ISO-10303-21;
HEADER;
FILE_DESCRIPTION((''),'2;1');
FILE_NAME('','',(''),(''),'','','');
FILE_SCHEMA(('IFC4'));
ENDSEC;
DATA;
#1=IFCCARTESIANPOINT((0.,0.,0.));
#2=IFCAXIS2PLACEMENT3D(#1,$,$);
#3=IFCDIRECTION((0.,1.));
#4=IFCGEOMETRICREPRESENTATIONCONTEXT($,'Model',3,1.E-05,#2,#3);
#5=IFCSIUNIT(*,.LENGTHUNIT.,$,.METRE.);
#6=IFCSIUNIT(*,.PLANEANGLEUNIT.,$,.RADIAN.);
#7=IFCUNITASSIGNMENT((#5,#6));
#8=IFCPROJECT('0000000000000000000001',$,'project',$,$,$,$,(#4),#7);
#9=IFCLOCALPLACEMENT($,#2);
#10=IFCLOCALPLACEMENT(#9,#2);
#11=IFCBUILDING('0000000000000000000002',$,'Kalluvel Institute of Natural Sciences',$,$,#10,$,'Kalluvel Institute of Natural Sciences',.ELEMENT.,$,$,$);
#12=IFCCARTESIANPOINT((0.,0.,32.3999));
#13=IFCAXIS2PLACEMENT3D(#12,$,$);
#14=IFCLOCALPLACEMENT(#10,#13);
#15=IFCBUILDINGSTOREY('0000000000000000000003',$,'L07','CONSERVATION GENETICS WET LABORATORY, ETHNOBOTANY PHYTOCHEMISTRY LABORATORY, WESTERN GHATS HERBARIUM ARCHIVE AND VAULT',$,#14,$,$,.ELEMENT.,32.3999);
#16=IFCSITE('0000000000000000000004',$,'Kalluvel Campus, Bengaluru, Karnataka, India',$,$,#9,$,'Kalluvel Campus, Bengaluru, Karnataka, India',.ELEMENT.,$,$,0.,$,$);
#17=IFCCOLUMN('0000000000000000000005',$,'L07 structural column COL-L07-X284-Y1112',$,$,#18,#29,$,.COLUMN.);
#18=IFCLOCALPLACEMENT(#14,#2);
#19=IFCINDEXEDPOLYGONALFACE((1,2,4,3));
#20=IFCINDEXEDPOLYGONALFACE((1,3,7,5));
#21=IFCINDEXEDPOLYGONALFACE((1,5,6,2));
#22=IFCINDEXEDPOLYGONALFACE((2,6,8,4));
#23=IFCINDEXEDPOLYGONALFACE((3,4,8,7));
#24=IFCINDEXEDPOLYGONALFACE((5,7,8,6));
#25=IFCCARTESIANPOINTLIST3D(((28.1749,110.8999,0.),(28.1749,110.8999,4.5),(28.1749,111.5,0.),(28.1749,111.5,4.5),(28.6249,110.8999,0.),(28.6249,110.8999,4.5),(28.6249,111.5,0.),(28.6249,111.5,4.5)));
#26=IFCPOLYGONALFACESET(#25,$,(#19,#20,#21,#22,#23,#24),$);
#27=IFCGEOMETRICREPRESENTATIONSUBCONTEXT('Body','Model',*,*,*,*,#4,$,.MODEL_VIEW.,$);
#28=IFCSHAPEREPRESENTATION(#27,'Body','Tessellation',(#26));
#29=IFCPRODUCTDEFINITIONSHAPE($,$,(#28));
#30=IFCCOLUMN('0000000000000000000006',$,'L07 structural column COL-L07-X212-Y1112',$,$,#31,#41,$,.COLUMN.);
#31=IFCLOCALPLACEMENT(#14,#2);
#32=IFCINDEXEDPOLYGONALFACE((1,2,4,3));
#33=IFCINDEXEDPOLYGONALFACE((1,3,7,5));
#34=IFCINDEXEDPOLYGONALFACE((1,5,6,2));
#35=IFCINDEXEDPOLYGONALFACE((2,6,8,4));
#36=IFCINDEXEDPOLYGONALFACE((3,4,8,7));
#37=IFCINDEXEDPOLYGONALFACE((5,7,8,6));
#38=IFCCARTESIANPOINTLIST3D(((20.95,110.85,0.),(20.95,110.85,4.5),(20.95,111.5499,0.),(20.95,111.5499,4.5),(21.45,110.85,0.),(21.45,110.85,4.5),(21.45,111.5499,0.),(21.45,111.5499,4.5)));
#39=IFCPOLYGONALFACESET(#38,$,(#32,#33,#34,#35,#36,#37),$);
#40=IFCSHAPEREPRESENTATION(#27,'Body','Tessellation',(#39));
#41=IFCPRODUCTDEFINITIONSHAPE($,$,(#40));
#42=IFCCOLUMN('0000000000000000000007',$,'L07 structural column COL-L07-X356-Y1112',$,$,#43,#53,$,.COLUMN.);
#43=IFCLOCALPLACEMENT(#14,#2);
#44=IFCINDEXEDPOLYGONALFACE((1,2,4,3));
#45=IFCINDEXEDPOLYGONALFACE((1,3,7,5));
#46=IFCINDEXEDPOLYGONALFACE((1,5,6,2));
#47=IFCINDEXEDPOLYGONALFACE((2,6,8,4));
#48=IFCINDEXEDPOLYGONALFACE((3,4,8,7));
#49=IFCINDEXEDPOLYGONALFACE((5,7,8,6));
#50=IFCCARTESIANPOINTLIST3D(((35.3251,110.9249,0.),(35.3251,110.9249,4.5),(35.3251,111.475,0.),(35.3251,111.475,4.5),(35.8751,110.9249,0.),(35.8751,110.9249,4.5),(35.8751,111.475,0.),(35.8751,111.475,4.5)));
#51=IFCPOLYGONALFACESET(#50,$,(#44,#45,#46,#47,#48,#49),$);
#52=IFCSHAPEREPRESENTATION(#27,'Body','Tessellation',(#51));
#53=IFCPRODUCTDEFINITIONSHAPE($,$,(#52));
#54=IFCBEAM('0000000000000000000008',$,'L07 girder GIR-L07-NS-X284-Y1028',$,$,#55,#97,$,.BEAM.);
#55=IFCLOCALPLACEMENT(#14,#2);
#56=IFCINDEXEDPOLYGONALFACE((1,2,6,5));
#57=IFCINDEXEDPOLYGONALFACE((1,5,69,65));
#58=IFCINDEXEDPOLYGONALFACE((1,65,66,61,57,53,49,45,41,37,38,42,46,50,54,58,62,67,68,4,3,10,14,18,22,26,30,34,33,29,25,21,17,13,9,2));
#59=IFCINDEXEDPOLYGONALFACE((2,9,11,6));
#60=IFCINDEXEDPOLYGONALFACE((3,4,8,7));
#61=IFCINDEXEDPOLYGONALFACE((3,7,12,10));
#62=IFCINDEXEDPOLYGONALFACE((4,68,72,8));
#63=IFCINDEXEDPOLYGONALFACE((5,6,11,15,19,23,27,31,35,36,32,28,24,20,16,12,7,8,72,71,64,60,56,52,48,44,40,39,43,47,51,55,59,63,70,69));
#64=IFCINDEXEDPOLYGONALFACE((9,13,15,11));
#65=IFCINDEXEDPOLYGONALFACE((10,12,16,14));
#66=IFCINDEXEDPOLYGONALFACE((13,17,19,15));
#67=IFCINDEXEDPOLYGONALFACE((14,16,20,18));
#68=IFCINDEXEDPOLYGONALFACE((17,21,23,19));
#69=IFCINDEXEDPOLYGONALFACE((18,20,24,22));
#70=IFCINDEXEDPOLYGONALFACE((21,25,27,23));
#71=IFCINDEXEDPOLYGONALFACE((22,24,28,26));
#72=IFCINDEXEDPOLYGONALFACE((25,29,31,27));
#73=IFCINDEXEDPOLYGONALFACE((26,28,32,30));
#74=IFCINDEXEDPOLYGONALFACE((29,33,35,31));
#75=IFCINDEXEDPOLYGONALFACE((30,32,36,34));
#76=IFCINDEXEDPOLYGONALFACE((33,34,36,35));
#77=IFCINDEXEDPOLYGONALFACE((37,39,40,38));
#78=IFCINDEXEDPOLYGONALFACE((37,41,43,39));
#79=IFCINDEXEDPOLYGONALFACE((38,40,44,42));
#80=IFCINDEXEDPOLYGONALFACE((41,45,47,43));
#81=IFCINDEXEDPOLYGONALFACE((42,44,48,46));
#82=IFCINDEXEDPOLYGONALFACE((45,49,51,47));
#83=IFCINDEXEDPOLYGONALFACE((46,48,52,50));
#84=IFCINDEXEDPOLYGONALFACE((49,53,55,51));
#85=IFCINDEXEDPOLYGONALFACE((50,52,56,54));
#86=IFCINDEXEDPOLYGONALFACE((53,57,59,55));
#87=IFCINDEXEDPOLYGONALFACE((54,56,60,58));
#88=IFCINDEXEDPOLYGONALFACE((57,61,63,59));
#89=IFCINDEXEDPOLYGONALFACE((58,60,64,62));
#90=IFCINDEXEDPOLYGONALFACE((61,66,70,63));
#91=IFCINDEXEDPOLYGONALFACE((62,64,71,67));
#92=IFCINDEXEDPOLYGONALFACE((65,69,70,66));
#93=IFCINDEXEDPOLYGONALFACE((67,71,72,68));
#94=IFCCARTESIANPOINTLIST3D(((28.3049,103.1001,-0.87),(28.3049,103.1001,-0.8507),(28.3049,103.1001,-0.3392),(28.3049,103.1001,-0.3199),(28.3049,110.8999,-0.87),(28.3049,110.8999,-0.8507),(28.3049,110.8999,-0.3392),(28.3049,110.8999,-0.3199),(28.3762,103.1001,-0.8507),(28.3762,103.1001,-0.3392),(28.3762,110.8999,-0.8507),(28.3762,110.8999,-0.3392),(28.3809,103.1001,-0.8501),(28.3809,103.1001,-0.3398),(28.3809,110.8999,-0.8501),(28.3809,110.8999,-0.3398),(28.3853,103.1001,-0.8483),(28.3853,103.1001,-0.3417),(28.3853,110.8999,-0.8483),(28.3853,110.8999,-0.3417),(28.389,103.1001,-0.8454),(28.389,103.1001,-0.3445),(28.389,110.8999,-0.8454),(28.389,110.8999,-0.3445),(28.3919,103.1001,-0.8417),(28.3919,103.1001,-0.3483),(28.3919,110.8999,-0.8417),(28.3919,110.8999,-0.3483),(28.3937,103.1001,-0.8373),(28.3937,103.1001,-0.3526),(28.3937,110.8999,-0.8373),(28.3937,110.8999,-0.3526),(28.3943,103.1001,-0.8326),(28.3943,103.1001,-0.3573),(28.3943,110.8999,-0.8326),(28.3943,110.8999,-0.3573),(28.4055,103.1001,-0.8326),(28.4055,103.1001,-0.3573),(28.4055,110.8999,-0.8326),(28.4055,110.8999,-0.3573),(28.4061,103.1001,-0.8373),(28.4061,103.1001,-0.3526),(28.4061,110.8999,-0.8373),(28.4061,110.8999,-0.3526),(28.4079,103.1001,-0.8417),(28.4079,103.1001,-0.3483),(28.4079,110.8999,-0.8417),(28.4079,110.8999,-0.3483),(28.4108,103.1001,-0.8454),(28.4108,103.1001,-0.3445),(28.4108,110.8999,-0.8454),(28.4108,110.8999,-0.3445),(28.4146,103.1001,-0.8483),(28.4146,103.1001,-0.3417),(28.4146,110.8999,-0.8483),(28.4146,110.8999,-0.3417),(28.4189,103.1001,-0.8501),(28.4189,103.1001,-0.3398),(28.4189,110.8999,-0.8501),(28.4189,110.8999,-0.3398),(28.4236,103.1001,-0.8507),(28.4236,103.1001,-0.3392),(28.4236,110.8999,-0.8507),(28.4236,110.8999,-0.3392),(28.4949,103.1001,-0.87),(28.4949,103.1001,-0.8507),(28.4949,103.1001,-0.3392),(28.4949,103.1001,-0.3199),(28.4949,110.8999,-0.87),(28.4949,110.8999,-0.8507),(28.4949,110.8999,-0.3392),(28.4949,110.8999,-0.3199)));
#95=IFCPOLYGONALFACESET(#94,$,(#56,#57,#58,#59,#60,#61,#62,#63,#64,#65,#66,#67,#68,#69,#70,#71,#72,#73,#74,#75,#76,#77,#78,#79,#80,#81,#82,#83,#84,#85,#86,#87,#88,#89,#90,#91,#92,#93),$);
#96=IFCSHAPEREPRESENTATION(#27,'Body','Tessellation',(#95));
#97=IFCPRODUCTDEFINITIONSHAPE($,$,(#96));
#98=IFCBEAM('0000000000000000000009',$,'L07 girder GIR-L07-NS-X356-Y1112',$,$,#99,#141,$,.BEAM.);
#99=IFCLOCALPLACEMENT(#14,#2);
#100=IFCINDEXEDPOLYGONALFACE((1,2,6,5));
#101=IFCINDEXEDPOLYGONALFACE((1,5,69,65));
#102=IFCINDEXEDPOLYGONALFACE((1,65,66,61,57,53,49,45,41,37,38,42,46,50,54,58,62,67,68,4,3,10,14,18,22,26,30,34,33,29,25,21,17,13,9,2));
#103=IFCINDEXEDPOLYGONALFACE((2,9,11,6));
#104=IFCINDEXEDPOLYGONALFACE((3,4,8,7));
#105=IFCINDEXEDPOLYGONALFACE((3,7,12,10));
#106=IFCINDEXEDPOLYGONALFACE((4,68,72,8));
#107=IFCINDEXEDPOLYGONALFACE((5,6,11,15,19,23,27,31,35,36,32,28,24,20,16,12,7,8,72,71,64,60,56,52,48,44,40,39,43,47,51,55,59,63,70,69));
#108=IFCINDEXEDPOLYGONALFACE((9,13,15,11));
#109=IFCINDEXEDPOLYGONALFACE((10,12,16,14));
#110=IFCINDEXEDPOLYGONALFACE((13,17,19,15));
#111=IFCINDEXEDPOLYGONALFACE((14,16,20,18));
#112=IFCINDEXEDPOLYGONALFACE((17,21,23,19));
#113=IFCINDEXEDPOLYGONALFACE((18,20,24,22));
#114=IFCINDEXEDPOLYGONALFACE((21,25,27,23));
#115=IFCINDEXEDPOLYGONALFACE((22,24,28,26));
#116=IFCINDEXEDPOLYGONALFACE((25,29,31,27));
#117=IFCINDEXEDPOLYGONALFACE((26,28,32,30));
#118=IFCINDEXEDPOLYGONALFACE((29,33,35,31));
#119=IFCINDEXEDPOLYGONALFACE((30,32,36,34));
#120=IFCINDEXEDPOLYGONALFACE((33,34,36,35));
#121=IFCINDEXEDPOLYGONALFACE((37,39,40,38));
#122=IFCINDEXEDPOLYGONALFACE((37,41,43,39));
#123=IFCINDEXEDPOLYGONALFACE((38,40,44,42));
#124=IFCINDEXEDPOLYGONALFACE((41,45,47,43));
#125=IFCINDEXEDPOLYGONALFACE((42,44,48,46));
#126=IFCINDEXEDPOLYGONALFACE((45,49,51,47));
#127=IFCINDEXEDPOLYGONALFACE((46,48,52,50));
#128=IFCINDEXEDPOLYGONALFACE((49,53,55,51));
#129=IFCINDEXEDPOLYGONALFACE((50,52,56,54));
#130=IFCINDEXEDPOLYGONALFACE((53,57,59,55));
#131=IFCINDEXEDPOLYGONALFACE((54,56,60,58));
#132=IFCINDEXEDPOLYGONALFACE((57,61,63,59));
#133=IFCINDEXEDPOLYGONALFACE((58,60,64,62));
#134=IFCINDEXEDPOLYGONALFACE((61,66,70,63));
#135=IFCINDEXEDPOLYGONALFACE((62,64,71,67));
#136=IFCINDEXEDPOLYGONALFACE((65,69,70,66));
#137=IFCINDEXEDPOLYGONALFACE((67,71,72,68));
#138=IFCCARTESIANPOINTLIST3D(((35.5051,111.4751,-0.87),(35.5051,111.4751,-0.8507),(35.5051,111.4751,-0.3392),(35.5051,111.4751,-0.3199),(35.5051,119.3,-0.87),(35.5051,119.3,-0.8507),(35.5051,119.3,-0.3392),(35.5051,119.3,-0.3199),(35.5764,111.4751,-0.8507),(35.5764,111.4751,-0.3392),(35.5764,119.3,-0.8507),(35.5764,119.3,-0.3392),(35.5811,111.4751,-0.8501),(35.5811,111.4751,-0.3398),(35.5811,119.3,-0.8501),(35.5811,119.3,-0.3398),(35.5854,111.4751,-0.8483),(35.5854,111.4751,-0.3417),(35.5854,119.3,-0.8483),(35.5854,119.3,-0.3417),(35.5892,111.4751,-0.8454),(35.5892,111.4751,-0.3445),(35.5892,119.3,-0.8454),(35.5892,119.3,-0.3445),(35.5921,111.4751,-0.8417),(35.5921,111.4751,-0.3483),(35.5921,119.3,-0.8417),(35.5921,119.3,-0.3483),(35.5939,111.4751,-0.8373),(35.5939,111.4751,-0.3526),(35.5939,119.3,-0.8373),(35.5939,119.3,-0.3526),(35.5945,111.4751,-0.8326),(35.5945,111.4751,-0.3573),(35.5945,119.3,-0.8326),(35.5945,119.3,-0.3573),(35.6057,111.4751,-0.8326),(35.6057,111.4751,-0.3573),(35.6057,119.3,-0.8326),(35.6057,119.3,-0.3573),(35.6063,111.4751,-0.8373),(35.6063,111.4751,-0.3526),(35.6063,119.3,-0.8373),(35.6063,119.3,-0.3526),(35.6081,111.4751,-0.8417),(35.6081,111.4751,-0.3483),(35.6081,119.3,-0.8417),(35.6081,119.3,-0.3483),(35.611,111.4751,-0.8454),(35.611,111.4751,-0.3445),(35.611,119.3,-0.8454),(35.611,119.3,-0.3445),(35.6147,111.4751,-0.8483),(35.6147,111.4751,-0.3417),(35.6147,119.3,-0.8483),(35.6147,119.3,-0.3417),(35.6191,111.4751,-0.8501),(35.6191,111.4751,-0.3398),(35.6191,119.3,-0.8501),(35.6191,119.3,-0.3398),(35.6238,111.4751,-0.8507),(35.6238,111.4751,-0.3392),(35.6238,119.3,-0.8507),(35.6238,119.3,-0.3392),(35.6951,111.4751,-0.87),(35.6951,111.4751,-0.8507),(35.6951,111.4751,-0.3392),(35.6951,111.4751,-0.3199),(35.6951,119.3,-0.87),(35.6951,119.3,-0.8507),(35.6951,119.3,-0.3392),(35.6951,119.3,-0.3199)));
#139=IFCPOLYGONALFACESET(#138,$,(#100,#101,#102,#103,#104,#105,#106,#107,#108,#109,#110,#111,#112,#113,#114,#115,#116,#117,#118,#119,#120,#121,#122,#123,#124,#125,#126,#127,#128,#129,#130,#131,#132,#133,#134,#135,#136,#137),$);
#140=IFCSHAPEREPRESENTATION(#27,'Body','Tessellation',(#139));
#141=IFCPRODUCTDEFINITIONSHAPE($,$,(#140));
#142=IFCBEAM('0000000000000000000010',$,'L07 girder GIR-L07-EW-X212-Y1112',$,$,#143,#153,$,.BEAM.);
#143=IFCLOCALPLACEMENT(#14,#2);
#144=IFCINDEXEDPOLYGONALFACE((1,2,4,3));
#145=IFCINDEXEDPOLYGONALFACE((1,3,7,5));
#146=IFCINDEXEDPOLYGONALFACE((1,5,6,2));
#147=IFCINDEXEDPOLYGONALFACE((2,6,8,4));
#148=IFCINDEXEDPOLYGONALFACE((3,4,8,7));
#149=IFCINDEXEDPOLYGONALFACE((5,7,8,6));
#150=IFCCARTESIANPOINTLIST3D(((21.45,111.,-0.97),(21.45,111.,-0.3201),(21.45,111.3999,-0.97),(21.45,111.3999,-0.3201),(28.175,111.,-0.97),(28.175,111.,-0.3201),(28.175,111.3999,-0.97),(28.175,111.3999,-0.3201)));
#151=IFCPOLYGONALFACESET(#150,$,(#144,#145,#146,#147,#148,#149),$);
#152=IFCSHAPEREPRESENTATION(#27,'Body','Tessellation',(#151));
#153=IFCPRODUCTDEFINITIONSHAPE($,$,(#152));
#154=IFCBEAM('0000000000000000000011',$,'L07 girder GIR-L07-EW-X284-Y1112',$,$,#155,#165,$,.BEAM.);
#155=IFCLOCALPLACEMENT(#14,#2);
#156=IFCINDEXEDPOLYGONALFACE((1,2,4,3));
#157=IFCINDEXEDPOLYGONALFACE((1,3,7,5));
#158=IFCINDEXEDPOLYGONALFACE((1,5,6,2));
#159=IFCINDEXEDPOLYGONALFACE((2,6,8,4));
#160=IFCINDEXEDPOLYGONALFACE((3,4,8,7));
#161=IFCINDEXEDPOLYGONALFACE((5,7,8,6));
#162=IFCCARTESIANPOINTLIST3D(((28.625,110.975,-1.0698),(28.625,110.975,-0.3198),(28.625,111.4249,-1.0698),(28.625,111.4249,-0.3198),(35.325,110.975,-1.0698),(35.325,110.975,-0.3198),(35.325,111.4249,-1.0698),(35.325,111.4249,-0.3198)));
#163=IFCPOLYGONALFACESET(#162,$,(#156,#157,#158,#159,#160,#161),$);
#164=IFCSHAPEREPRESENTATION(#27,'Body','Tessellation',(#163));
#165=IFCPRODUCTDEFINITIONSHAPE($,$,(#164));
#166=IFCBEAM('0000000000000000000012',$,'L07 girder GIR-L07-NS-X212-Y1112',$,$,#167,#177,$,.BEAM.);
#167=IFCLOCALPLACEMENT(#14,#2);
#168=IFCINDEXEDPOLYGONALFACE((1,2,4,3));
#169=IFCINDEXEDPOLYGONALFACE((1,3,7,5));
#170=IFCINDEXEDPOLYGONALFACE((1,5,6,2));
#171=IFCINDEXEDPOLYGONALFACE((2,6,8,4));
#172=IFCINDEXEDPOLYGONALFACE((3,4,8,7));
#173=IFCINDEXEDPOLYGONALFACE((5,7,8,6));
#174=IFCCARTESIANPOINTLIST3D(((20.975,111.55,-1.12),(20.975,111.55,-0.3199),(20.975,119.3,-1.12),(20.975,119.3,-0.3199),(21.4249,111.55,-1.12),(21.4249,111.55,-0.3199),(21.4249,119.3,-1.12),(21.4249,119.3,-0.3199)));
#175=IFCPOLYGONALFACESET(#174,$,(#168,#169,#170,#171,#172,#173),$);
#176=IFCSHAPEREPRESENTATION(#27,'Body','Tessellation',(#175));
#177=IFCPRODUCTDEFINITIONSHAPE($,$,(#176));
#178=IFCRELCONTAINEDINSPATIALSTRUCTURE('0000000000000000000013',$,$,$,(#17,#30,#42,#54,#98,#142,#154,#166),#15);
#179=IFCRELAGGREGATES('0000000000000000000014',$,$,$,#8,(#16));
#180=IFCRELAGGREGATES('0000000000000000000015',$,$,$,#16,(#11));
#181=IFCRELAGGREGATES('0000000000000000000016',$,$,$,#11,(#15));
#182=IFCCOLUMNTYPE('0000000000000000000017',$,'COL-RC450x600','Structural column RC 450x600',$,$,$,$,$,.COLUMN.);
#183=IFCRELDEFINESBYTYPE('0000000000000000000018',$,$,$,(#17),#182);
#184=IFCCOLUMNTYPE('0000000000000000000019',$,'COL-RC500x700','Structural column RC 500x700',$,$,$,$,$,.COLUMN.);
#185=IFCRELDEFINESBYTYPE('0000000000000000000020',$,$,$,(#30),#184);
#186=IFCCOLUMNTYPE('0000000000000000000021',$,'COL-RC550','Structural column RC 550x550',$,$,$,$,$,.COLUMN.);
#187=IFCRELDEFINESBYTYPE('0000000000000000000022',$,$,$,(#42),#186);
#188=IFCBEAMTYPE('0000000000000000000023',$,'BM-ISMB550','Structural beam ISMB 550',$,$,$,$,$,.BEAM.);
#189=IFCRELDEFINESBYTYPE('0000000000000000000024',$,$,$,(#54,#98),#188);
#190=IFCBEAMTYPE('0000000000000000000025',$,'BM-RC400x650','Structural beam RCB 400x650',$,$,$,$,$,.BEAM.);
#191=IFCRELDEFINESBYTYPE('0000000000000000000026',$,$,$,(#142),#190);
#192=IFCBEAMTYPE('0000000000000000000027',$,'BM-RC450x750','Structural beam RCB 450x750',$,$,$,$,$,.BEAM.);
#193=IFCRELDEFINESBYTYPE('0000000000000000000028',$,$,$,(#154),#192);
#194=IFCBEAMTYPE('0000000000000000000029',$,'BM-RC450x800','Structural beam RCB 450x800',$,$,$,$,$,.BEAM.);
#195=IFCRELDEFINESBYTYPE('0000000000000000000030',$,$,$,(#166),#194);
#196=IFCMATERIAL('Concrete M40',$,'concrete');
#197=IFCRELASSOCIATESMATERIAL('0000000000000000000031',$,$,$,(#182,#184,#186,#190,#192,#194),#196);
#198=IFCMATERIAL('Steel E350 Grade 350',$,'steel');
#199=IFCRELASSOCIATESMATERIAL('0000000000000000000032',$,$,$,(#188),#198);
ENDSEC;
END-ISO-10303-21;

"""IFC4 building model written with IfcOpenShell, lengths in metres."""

from ifc_helpers import new_model, si_unit, direction, frame, origin, origin_2d, place, context, subcontext, project, spatial, rectangle, i_section, extrude, material, material_profile, profile_set, type_object, element, save


model = new_model("IFC4")

# Units and contexts
model_context = context("Model", 3, precision=1e-05, world=origin(), true_north=direction((0.0, 1.0)))
body_context = subcontext(model_context, "Body", "Model", "MODEL_VIEW")
ifc_project = project(units=[si_unit("LENGTHUNIT", "METRE"), si_unit("PLANEANGLEUNIT", "RADIAN")], contexts=[model_context])

# Site, building, storey
site_placement = place(None, origin())
site = spatial("IfcSite", under=ifc_project, at=site_placement, Name="Kalluvel Campus, Bengaluru, Karnataka, India", LongName="Kalluvel Campus, Bengaluru, Karnataka, India", CompositionType="ELEMENT", RefElevation=0.0)
building_placement = place(site_placement, origin())
building = spatial("IfcBuilding", under=site, at=building_placement, Name="Kalluvel Institute of Natural Sciences", LongName="Kalluvel Institute of Natural Sciences", CompositionType="ELEMENT")
storey_placement = place(building_placement, frame((0.0, 0.0, 32.3999)))
storey = spatial("IfcBuildingStorey", under=building, at=storey_placement, Name="L07", Description="CONSERVATION GENETICS WET LABORATORY, ETHNOBOTANY PHYTOCHEMISTRY LABORATORY, WESTERN GHATS HERBARIUM ARCHIVE AND VAULT", CompositionType="ELEMENT", Elevation=32.3999)

# Columns
ifc_material_1 = material(Name="Concrete M40", Category="concrete")
ifc_material_profile_1 = material_profile(ifc_material_1, rectangle(XDim=0.45, YDim=0.6001, at=origin_2d()), Name="RC 450x600")
ifc_profile_set_1 = profile_set([ifc_material_profile_1], Name="Concrete M40")
column_type_1 = type_object("IfcColumnType", Name="COL-RC450x600", Description="Structural column RC 450x600", PredefinedType="COLUMN", material=ifc_profile_set_1)
column_1_placement = place(storey_placement, frame((28.3999, 111.2, 0.0), z_axis=(0.0, 0.0, 1.0), x_axis=(1.0, 0.0, 0.0)))
element("IfcColumn", 1, at=column_1_placement, inside=storey, type_object=column_type_1, Name="L07 structural column COL-L07-X284-Y1112", PredefinedType="COLUMN", context=body_context, shape_type="SweptSolid", body=[
    extrude(rectangle(XDim=0.45, YDim=0.6001, at=origin_2d()), origin(), (0.0, 0.0, 1.0), 4.5),
])
ifc_material_profile_2 = material_profile(ifc_material_1, rectangle(XDim=0.5, YDim=0.7, at=origin_2d()), Name="RC 500x700")
ifc_profile_set_2 = profile_set([ifc_material_profile_2], Name="Concrete M40")
column_type_2 = type_object("IfcColumnType", Name="COL-RC500x700", Description="Structural column RC 500x700", PredefinedType="COLUMN", material=ifc_profile_set_2)
column_2_placement = place(storey_placement, frame((21.2, 111.2, 0.0), z_axis=(0.0, 0.0, 1.0), x_axis=(1.0, 0.0, 0.0)))
element("IfcColumn", 2, at=column_2_placement, inside=storey, type_object=column_type_2, Name="L07 structural column COL-L07-X212-Y1112", PredefinedType="COLUMN", context=body_context, shape_type="SweptSolid", body=[
    extrude(rectangle(XDim=0.5, YDim=0.7, at=origin_2d()), origin(), (0.0, 0.0, 1.0), 4.5),
])
ifc_material_profile_3 = material_profile(ifc_material_1, rectangle(XDim=0.55, YDim=0.55, at=origin_2d()), Name="RC 550x550")
ifc_profile_set_3 = profile_set([ifc_material_profile_3], Name="Concrete M40")
column_type_3 = type_object("IfcColumnType", Name="COL-RC550", Description="Structural column RC 550x550", PredefinedType="COLUMN", material=ifc_profile_set_3)
column_3_placement = place(storey_placement, frame((35.6001, 111.2, 0.0), z_axis=(0.0, 0.0, 1.0), x_axis=(1.0, 0.0, 0.0)))
element("IfcColumn", 3, at=column_3_placement, inside=storey, type_object=column_type_3, Name="L07 structural column COL-L07-X356-Y1112", PredefinedType="COLUMN", context=body_context, shape_type="SweptSolid", body=[
    extrude(rectangle(XDim=0.55, YDim=0.55, at=origin_2d()), origin(), (0.0, 0.0, 1.0), 4.5),
])

# Beams
ifc_material_2 = material(Name="Steel E350 Grade 350", Category="steel")
ifc_material_profile_4 = material_profile(ifc_material_2, i_section(OverallWidth=0.1899, OverallDepth=0.55, WebThickness=0.0112, FlangeThickness=0.0193, FilletRadius=0.0181, at=origin_2d()), Name="ISMB 550")
ifc_profile_set_4 = profile_set([ifc_material_profile_4], Name="Steel E350 Grade 350")
beam_type_1 = type_object("IfcBeamType", Name="BM-ISMB550", Description="Structural beam ISMB 550", PredefinedType="BEAM", material=ifc_profile_set_4)
beam_1_placement = place(storey_placement, frame((28.3999, 103.1001, -0.595), z_axis=(0.0, 1.0, 0.0), x_axis=(-1.0, 0.0, 0.0)))
element("IfcBeam", 4, at=beam_1_placement, inside=storey, type_object=beam_type_1, Name="L07 girder GIR-L07-NS-X284-Y1028", PredefinedType="BEAM", context=body_context, shape_type="SweptSolid", body=[
    extrude(i_section(OverallWidth=0.1899, OverallDepth=0.55, WebThickness=0.0112, FlangeThickness=0.0193, FilletRadius=0.0181, at=origin_2d()), origin(), (0.0, 0.0, 1.0), 7.7998),
])
beam_2_placement = place(storey_placement, frame((35.6001, 111.4751, -0.595), z_axis=(0.0, 1.0, 0.0), x_axis=(-1.0, 0.0, 0.0)))
element("IfcBeam", 5, at=beam_2_placement, inside=storey, type_object=beam_type_1, Name="L07 girder GIR-L07-NS-X356-Y1112", PredefinedType="BEAM", context=body_context, shape_type="SweptSolid", body=[
    extrude(i_section(OverallWidth=0.1899, OverallDepth=0.55, WebThickness=0.0112, FlangeThickness=0.0193, FilletRadius=0.0181, at=origin_2d()), origin(), (0.0, 0.0, 1.0), 7.825),
])
ifc_material_profile_5 = material_profile(ifc_material_1, rectangle(XDim=0.3999, YDim=0.6499, at=origin_2d()), Name="RCB 400x650")
ifc_profile_set_5 = profile_set([ifc_material_profile_5], Name="Concrete M40")
beam_type_2 = type_object("IfcBeamType", Name="BM-RC400x650", Description="Structural beam RCB 400x650", PredefinedType="BEAM", material=ifc_profile_set_5)
beam_3_placement = place(storey_placement, frame((21.45, 111.2, -0.645), z_axis=(1.0, 0.0, 0.0), x_axis=(0.0, 1.0, 0.0)))
element("IfcBeam", 6, at=beam_3_placement, inside=storey, type_object=beam_type_2, Name="L07 girder GIR-L07-EW-X212-Y1112", PredefinedType="BEAM", context=body_context, shape_type="SweptSolid", body=[
    extrude(rectangle(XDim=0.3999, YDim=0.6499, at=origin_2d()), origin(), (0.0, 0.0, 1.0), 6.7251),
])
ifc_material_profile_6 = material_profile(ifc_material_1, rectangle(XDim=0.45, YDim=0.75, at=origin_2d()), Name="RCB 450x750")
ifc_profile_set_6 = profile_set([ifc_material_profile_6], Name="Concrete M40")
beam_type_3 = type_object("IfcBeamType", Name="BM-RC450x750", Description="Structural beam RCB 450x750", PredefinedType="BEAM", material=ifc_profile_set_6)
beam_4_placement = place(storey_placement, frame((28.625, 111.2, -0.6948), z_axis=(1.0, 0.0, 0.0), x_axis=(0.0, 1.0, 0.0)))
element("IfcBeam", 7, at=beam_4_placement, inside=storey, type_object=beam_type_3, Name="L07 girder GIR-L07-EW-X284-Y1112", PredefinedType="BEAM", context=body_context, shape_type="SweptSolid", body=[
    extrude(rectangle(XDim=0.45, YDim=0.75, at=origin_2d()), origin(), (0.0, 0.0, 1.0), 6.7),
])
ifc_material_profile_7 = material_profile(ifc_material_1, rectangle(XDim=0.45, YDim=0.8, at=origin_2d()), Name="RCB 450x800")
ifc_profile_set_7 = profile_set([ifc_material_profile_7], Name="Concrete M40")
beam_type_4 = type_object("IfcBeamType", Name="BM-RC450x800", Description="Structural beam RCB 450x800", PredefinedType="BEAM", material=ifc_profile_set_7)
for number, where, z_axis, x_axis, name in (
    (8, (21.2, 111.55, -0.72), (0.0, 1.0, 0.0), (-1.0, 0.0, 0.0), "L07 girder GIR-L07-NS-X212-Y1112"),
):
    element("IfcBeam", number, at=place(storey_placement, frame(where, z_axis=z_axis, x_axis=x_axis)), inside=storey, type_object=beam_type_4, Name=name, PredefinedType="BEAM", context=body_context, shape_type="SweptSolid", body=[
        extrude(rectangle(XDim=0.45, YDim=0.8, at=origin_2d()), origin(), (0.0, 0.0, 1.0), 7.75),
    ])

save(model, "model.ifc")
